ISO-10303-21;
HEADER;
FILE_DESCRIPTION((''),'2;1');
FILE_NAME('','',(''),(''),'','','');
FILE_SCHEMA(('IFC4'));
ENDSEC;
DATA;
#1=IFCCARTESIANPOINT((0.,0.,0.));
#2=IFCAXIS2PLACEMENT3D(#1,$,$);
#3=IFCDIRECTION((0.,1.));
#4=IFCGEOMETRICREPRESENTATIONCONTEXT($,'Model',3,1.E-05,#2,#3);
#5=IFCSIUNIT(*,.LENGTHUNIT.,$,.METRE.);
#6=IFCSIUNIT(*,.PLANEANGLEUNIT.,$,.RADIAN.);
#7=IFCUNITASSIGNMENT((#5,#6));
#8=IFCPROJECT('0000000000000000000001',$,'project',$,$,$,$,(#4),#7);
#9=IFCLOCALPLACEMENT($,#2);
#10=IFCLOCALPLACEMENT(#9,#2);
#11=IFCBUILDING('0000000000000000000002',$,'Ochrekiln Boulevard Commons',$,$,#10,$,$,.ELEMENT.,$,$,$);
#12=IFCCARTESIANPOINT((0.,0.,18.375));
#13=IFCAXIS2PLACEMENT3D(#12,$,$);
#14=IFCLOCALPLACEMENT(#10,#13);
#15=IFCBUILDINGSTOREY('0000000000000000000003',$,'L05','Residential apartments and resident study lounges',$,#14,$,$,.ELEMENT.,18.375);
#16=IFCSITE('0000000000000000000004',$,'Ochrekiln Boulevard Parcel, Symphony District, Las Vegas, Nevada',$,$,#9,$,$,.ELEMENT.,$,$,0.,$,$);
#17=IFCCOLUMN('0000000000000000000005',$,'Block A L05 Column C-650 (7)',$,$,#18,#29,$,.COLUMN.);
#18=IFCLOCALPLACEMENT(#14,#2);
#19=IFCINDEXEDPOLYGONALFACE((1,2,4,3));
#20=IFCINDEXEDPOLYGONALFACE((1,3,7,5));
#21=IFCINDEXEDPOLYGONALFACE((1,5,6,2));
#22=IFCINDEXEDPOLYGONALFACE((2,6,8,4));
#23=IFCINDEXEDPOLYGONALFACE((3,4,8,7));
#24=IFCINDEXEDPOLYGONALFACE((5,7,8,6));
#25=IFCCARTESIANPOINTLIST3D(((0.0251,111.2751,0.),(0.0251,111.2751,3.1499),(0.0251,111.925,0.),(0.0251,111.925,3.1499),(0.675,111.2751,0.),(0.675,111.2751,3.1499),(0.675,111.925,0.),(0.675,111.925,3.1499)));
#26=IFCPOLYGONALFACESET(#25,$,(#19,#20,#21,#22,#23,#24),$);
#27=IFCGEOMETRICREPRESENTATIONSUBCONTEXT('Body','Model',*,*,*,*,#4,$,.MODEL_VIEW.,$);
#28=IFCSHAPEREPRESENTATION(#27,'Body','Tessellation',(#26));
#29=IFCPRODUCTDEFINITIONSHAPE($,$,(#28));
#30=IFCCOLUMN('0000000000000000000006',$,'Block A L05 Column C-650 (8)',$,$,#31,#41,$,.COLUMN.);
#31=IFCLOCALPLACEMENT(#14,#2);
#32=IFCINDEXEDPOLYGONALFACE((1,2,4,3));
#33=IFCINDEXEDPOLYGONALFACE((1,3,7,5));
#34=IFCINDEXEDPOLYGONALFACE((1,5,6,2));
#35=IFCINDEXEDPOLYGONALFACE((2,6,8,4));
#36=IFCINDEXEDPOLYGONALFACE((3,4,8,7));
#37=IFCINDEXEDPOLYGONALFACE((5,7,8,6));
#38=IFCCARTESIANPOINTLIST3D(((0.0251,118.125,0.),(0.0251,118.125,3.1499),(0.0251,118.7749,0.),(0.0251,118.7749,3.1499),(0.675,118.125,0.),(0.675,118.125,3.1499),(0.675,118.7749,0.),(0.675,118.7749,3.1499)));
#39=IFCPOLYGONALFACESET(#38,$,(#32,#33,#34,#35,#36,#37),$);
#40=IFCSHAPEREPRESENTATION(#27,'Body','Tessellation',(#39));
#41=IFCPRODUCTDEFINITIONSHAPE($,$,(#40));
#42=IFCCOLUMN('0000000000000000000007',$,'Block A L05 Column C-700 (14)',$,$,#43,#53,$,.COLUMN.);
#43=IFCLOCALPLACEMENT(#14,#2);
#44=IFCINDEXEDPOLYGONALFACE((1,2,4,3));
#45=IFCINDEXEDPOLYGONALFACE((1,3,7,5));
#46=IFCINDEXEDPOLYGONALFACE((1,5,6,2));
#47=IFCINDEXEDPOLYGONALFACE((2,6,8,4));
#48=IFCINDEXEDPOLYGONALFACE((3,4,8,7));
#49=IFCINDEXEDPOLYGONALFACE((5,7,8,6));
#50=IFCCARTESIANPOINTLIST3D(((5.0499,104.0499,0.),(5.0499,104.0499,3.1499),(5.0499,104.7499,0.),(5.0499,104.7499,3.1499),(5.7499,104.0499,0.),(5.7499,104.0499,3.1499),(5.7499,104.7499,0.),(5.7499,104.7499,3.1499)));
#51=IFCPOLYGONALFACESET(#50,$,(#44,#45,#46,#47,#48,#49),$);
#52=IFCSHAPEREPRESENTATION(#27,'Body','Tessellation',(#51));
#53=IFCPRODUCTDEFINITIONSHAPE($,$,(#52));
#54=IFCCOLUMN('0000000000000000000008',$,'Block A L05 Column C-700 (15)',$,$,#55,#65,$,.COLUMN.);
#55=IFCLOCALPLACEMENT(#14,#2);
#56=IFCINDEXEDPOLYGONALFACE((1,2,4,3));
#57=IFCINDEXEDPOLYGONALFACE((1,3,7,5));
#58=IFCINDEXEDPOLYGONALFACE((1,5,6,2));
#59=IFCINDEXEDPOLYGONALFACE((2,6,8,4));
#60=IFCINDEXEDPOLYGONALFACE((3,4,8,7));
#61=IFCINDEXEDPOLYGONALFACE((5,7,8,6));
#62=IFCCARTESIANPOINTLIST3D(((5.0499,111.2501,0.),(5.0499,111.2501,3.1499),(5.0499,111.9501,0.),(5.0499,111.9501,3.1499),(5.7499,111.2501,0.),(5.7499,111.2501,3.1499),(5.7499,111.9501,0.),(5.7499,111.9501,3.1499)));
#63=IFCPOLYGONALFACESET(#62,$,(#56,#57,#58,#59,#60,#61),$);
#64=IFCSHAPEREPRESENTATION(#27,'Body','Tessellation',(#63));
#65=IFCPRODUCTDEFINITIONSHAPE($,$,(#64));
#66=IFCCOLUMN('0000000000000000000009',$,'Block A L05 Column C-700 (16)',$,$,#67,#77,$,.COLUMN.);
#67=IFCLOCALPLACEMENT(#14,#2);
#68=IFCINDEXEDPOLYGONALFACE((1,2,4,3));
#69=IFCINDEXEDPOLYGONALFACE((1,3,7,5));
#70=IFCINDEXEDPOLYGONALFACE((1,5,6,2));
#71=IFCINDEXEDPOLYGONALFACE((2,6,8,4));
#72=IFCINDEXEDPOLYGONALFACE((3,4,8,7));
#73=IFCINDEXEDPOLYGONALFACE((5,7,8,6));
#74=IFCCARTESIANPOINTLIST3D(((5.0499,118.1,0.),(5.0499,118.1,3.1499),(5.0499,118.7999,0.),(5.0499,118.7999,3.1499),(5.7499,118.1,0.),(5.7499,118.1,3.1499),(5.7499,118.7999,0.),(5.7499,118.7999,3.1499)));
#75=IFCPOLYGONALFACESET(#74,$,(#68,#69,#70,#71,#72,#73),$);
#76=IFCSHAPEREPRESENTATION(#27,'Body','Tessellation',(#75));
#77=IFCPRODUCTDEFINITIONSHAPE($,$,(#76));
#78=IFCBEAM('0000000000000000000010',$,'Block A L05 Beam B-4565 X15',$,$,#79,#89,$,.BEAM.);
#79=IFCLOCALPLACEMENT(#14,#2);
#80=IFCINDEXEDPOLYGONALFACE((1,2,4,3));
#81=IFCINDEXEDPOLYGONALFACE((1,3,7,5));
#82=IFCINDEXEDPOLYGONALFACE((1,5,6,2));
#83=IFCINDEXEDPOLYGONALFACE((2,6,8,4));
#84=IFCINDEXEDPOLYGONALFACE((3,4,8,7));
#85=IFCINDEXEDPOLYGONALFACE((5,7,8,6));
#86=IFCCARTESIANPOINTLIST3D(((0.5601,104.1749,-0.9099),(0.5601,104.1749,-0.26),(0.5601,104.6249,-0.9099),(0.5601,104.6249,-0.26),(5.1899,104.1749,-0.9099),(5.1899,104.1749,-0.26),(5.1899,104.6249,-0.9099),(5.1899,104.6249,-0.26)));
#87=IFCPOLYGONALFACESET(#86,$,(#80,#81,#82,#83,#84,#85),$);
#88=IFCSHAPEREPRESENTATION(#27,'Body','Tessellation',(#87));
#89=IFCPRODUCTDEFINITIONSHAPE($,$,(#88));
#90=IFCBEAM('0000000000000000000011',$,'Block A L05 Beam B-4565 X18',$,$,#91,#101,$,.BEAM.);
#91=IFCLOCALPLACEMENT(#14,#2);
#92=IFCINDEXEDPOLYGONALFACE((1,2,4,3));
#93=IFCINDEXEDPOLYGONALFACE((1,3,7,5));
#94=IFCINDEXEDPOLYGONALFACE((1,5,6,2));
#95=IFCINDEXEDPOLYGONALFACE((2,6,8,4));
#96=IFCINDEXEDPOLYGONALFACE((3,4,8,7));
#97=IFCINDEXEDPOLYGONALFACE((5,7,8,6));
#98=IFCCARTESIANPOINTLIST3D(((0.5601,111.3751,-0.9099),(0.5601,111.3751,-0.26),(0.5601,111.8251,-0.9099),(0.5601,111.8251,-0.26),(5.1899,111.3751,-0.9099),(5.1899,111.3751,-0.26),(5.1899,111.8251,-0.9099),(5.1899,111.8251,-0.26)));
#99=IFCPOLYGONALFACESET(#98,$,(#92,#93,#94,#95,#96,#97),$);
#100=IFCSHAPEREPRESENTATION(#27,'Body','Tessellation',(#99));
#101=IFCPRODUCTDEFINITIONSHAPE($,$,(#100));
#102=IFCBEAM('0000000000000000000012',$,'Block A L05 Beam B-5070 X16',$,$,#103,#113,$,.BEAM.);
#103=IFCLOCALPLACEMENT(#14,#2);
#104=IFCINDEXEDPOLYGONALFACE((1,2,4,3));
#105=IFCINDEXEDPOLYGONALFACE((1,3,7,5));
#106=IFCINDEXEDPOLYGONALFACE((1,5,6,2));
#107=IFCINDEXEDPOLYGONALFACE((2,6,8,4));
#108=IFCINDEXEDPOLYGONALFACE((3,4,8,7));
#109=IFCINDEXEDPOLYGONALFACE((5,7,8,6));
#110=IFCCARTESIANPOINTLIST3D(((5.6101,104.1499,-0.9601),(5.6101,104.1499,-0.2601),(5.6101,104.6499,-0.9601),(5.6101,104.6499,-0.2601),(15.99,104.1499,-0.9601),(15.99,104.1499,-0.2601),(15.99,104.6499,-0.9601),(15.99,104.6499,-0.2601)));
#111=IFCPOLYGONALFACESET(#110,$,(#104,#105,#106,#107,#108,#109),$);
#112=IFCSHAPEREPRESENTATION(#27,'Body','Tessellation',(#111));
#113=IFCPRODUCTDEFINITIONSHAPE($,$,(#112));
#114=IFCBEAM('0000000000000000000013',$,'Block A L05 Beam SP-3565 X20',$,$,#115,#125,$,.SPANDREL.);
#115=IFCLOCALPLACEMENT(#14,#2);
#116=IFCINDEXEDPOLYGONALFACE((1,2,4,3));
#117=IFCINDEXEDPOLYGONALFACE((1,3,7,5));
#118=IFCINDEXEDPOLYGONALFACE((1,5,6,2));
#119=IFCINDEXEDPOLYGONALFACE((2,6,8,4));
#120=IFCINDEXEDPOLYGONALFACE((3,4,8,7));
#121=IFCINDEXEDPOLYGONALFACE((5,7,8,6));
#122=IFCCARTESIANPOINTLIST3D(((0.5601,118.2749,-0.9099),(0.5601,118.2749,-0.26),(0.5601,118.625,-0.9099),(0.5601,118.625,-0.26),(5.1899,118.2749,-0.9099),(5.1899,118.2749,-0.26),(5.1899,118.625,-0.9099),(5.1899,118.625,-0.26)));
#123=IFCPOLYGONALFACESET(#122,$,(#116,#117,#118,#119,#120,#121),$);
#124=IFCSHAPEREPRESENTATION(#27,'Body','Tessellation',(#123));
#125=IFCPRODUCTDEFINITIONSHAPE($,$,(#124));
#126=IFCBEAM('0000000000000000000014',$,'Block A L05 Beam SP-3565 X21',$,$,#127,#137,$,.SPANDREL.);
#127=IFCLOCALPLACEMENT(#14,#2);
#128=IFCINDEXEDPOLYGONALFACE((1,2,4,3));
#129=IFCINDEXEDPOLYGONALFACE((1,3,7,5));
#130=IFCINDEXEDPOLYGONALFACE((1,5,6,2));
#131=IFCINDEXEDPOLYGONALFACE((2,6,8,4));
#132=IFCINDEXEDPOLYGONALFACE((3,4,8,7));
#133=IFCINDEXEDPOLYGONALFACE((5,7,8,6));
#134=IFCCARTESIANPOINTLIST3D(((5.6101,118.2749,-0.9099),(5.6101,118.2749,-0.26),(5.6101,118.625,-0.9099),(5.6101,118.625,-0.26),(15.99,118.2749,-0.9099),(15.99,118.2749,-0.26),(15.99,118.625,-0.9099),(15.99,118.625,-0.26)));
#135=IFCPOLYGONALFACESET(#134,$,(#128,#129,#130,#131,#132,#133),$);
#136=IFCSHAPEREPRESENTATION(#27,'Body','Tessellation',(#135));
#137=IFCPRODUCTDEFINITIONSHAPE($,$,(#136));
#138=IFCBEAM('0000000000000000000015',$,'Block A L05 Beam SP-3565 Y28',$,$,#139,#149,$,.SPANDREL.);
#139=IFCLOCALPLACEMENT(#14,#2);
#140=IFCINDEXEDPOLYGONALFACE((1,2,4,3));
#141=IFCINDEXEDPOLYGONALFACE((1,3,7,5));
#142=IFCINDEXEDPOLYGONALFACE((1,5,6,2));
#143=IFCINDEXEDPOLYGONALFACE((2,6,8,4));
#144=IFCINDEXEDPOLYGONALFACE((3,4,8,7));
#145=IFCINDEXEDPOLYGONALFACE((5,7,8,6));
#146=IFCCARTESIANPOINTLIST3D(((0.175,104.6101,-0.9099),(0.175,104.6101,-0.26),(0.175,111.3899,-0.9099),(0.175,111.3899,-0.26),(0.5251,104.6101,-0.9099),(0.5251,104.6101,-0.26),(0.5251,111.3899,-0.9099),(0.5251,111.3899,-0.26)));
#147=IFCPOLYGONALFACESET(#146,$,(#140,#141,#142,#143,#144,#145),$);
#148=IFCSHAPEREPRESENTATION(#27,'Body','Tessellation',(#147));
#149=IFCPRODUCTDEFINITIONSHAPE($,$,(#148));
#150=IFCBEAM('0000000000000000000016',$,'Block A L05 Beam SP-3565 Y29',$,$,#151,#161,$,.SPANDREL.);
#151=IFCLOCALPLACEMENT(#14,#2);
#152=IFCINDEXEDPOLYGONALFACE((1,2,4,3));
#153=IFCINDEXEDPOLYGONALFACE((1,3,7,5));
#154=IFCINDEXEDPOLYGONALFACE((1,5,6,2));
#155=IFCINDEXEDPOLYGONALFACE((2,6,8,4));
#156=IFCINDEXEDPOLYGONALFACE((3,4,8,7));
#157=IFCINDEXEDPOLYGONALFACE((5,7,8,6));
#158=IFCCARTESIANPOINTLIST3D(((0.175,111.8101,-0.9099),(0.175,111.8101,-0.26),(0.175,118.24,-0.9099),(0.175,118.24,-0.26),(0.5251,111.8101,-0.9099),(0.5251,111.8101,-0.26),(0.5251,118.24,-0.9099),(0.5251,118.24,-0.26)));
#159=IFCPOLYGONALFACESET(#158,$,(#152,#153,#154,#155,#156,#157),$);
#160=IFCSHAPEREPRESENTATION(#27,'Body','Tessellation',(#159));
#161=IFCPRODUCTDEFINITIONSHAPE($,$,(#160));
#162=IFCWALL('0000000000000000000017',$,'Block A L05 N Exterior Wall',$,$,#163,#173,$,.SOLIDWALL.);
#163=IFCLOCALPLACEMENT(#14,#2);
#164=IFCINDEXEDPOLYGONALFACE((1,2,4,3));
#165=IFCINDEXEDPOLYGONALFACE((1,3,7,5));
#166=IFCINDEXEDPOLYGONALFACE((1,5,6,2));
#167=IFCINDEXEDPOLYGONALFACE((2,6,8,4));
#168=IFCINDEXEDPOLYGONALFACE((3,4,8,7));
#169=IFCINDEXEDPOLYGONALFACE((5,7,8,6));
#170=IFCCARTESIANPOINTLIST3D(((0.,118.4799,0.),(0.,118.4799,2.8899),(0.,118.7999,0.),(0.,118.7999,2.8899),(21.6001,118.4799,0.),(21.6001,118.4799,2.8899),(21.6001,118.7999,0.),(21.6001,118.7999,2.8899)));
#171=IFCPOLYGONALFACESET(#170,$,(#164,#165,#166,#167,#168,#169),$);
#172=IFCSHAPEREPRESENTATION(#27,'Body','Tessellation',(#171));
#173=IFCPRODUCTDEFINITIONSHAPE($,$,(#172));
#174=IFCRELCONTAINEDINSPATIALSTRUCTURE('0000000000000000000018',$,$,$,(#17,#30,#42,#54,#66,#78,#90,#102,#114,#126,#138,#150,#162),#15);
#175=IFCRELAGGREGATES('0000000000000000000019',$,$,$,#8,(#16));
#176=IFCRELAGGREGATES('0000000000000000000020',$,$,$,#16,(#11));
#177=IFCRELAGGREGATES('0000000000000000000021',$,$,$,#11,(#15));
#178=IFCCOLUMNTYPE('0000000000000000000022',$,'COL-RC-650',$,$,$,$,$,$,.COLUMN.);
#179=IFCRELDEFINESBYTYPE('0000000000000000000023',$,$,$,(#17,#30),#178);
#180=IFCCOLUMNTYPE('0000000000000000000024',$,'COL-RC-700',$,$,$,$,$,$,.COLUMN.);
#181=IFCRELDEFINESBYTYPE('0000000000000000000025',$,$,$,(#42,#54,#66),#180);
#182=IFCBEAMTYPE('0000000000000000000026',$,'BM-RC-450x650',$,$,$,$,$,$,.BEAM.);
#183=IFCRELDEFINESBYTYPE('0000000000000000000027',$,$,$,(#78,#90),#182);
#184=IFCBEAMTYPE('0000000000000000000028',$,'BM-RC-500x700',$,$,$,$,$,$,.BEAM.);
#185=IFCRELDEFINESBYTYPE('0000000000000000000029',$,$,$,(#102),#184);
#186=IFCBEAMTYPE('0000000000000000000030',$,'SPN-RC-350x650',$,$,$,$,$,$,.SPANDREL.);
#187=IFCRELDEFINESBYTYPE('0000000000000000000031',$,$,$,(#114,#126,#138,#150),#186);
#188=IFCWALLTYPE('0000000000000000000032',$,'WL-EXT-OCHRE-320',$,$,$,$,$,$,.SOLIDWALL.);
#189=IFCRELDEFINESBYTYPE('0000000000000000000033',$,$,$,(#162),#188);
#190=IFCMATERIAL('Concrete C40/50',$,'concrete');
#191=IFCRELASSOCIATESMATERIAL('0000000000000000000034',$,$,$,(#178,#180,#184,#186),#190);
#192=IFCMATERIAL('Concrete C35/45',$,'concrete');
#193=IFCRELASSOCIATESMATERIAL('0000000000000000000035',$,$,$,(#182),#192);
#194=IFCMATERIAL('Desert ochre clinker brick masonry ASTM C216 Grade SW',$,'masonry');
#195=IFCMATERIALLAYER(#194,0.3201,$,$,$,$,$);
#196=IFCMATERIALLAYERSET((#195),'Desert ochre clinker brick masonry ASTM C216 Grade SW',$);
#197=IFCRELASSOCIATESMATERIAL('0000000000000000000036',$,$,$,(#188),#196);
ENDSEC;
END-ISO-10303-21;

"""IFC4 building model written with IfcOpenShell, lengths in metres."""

from ifc_helpers import new_model, si_unit, direction, frame, frame_2d, origin, origin_2d, place, context, subcontext, project, spatial, rectangle, extrude, material, layer, layer_set, material_profile, profile_set, type_object, element, save


model = new_model("IFC4")

# Units and contexts
model_context = context("Model", 3, precision=1e-05, world=origin(), true_north=direction((0.0, 1.0)))
body_context = subcontext(model_context, "Body", "Model", "MODEL_VIEW")
ifc_project = project(units=[si_unit("LENGTHUNIT", "METRE"), si_unit("PLANEANGLEUNIT", "RADIAN")], contexts=[model_context])

# Site, building, storey
site_placement = place(None, origin())
site = spatial("IfcSite", under=ifc_project, at=site_placement, Name="Ochrekiln Boulevard Parcel, Symphony District, Las Vegas, Nevada", CompositionType="ELEMENT", RefElevation=0.0)
building_placement = place(site_placement, origin())
building = spatial("IfcBuilding", under=site, at=building_placement, Name="Ochrekiln Boulevard Commons", CompositionType="ELEMENT")
storey_placement = place(building_placement, frame((0.0, 0.0, 18.375)))
storey = spatial("IfcBuildingStorey", under=building, at=storey_placement, Name="L05", Description="Residential apartments and resident study lounges", CompositionType="ELEMENT", Elevation=18.375)

# Columns
ifc_material_1 = material(Name="Concrete C40/50", Category="concrete")
ifc_material_profile_1 = material_profile(ifc_material_1, rectangle(XDim=0.6499, YDim=0.6499, at=origin_2d()), Name="RC-COL-650x650")
ifc_profile_set_1 = profile_set([ifc_material_profile_1], Name="Concrete C40/50")
column_type_1 = type_object("IfcColumnType", Name="COL-RC-650", PredefinedType="COLUMN", material=ifc_profile_set_1)
for number, where, z_axis, x_axis, name in (
    (1, (0.3501, 111.6001, 0.0), (0.0, 0.0, 1.0), (1.0, 0.0, 0.0), "Block A L05 Column C-650 (7)"),
    (2, (0.3501, 118.45, 0.0), (0.0, 0.0, 1.0), (1.0, 0.0, 0.0), "Block A L05 Column C-650 (8)"),
):
    element("IfcColumn", number, at=place(storey_placement, frame(where, z_axis=z_axis, x_axis=x_axis)), inside=storey, type_object=column_type_1, Name=name, PredefinedType="COLUMN", context=body_context, shape_type="SweptSolid", body=[
        extrude(rectangle(XDim=0.6499, YDim=0.6499, at=origin_2d()), origin(), (0.0, 0.0, 1.0), 3.1499),
    ])
ifc_material_profile_2 = material_profile(ifc_material_1, rectangle(XDim=0.7, YDim=0.7, at=origin_2d()), Name="RC-COL-700x700")
ifc_profile_set_2 = profile_set([ifc_material_profile_2], Name="Concrete C40/50")
column_type_2 = type_object("IfcColumnType", Name="COL-RC-700", PredefinedType="COLUMN", material=ifc_profile_set_2)
for number, where, z_axis, x_axis, name in (
    (3, (5.3999, 104.3999, 0.0), (0.0, 0.0, 1.0), (1.0, 0.0, 0.0), "Block A L05 Column C-700 (14)"),
    (4, (5.3999, 111.6001, 0.0), (0.0, 0.0, 1.0), (1.0, 0.0, 0.0), "Block A L05 Column C-700 (15)"),
    (5, (5.3999, 118.45, 0.0), (0.0, 0.0, 1.0), (1.0, 0.0, 0.0), "Block A L05 Column C-700 (16)"),
):
    element("IfcColumn", number, at=place(storey_placement, frame(where, z_axis=z_axis, x_axis=x_axis)), inside=storey, type_object=column_type_2, Name=name, PredefinedType="COLUMN", context=body_context, shape_type="SweptSolid", body=[
        extrude(rectangle(XDim=0.7, YDim=0.7, at=origin_2d()), origin(), (0.0, 0.0, 1.0), 3.1499),
    ])

# Beams
ifc_material_2 = material(Name="Concrete C35/45", Category="concrete")
ifc_material_profile_3 = material_profile(ifc_material_2, rectangle(XDim=0.45, YDim=0.6499, at=origin_2d()), Name="RC-BM-450x650")
ifc_profile_set_3 = profile_set([ifc_material_profile_3], Name="Concrete C35/45")
beam_type_1 = type_object("IfcBeamType", Name="BM-RC-450x650", PredefinedType="BEAM", material=ifc_profile_set_3)
for number, where, z_axis, x_axis, name in (
    (6, (0.5601, 104.3999, -0.585), (1.0, 0.0, 0.0), (0.0, 1.0, 0.0), "Block A L05 Beam B-4565 X15"),
    (7, (0.5601, 111.6001, -0.585), (1.0, 0.0, 0.0), (0.0, 1.0, 0.0), "Block A L05 Beam B-4565 X18"),
):
    element("IfcBeam", number, at=place(storey_placement, frame(where, z_axis=z_axis, x_axis=x_axis)), inside=storey, type_object=beam_type_1, Name=name, PredefinedType="BEAM", context=body_context, shape_type="SweptSolid", body=[
        extrude(rectangle(XDim=0.45, YDim=0.6499, at=origin_2d()), origin(), (0.0, 0.0, 1.0), 4.6299),
    ])
ifc_material_profile_4 = material_profile(ifc_material_1, rectangle(XDim=0.5, YDim=0.7, at=origin_2d()), Name="RC-BM-500x700")
ifc_profile_set_4 = profile_set([ifc_material_profile_4], Name="Concrete C40/50")
beam_type_2 = type_object("IfcBeamType", Name="BM-RC-500x700", PredefinedType="BEAM", material=ifc_profile_set_4)
beam_1_placement = place(storey_placement, frame((5.6101, 104.3999, -0.6101), z_axis=(1.0, 0.0, 0.0), x_axis=(0.0, 1.0, 0.0)))
element("IfcBeam", 8, at=beam_1_placement, inside=storey, type_object=beam_type_2, Name="Block A L05 Beam B-5070 X16", PredefinedType="BEAM", context=body_context, shape_type="SweptSolid", body=[
    extrude(rectangle(XDim=0.5, YDim=0.7, at=origin_2d()), origin(), (0.0, 0.0, 1.0), 10.3799),
])
ifc_material_profile_5 = material_profile(ifc_material_1, rectangle(XDim=0.3501, YDim=0.6499, at=origin_2d()), Name="RC-SPN-350x650")
ifc_profile_set_5 = profile_set([ifc_material_profile_5], Name="Concrete C40/50")
beam_type_3 = type_object("IfcBeamType", Name="SPN-RC-350x650", PredefinedType="SPANDREL", material=ifc_profile_set_5)
beam_2_placement = place(storey_placement, frame((0.5601, 118.45, -0.585), z_axis=(1.0, 0.0, 0.0), x_axis=(0.0, 1.0, 0.0)))
element("IfcBeam", 9, at=beam_2_placement, inside=storey, type_object=beam_type_3, Name="Block A L05 Beam SP-3565 X20", PredefinedType="SPANDREL", context=body_context, shape_type="SweptSolid", body=[
    extrude(rectangle(XDim=0.3501, YDim=0.6499, at=origin_2d()), origin(), (0.0, 0.0, 1.0), 4.6299),
])
beam_3_placement = place(storey_placement, frame((5.6101, 118.45, -0.585), z_axis=(1.0, 0.0, 0.0), x_axis=(0.0, 1.0, 0.0)))
element("IfcBeam", 10, at=beam_3_placement, inside=storey, type_object=beam_type_3, Name="Block A L05 Beam SP-3565 X21", PredefinedType="SPANDREL", context=body_context, shape_type="SweptSolid", body=[
    extrude(rectangle(XDim=0.3501, YDim=0.6499, at=origin_2d()), origin(), (0.0, 0.0, 1.0), 10.3799),
])
beam_4_placement = place(storey_placement, frame((0.3501, 104.6101, -0.585), z_axis=(0.0, 1.0, 0.0), x_axis=(-1.0, 0.0, 0.0)))
element("IfcBeam", 11, at=beam_4_placement, inside=storey, type_object=beam_type_3, Name="Block A L05 Beam SP-3565 Y28", PredefinedType="SPANDREL", context=body_context, shape_type="SweptSolid", body=[
    extrude(rectangle(XDim=0.3501, YDim=0.6499, at=origin_2d()), origin(), (0.0, 0.0, 1.0), 6.7798),
])
beam_5_placement = place(storey_placement, frame((0.3501, 111.8101, -0.585), z_axis=(0.0, 1.0, 0.0), x_axis=(-1.0, 0.0, 0.0)))
element("IfcBeam", 12, at=beam_5_placement, inside=storey, type_object=beam_type_3, Name="Block A L05 Beam SP-3565 Y29", PredefinedType="SPANDREL", context=body_context, shape_type="SweptSolid", body=[
    extrude(rectangle(XDim=0.3501, YDim=0.6499, at=origin_2d()), origin(), (0.0, 0.0, 1.0), 6.4299),
])

# Wall
ifc_material_3 = material(Name="Desert ochre clinker brick masonry ASTM C216 Grade SW", Category="masonry")
ifc_layer_1 = layer(ifc_material_3, 0.3201)
ifc_layer_set_1 = layer_set([ifc_layer_1], Name="Desert ochre clinker brick masonry ASTM C216 Grade SW")
wall_type_1 = type_object("IfcWallType", Name="WL-EXT-OCHRE-320", PredefinedType="SOLIDWALL", material=ifc_layer_set_1)
wall_1_placement = place(storey_placement, frame((0.0, 118.6399, 0.0), z_axis=(0.0, 0.0, 1.0), x_axis=(1.0, 0.0, 0.0)))
element("IfcWall", 13, at=wall_1_placement, inside=storey, type_object=wall_type_1, Name="Block A L05 N Exterior Wall", PredefinedType="SOLIDWALL", context=body_context, shape_type="SweptSolid", body=[
    extrude(rectangle(XDim=21.6001, YDim=0.3201, at=frame_2d((10.8, 0.0))), origin(), (0.0, 0.0, 1.0), 2.8899),
])

save(model, "model.ifc")
